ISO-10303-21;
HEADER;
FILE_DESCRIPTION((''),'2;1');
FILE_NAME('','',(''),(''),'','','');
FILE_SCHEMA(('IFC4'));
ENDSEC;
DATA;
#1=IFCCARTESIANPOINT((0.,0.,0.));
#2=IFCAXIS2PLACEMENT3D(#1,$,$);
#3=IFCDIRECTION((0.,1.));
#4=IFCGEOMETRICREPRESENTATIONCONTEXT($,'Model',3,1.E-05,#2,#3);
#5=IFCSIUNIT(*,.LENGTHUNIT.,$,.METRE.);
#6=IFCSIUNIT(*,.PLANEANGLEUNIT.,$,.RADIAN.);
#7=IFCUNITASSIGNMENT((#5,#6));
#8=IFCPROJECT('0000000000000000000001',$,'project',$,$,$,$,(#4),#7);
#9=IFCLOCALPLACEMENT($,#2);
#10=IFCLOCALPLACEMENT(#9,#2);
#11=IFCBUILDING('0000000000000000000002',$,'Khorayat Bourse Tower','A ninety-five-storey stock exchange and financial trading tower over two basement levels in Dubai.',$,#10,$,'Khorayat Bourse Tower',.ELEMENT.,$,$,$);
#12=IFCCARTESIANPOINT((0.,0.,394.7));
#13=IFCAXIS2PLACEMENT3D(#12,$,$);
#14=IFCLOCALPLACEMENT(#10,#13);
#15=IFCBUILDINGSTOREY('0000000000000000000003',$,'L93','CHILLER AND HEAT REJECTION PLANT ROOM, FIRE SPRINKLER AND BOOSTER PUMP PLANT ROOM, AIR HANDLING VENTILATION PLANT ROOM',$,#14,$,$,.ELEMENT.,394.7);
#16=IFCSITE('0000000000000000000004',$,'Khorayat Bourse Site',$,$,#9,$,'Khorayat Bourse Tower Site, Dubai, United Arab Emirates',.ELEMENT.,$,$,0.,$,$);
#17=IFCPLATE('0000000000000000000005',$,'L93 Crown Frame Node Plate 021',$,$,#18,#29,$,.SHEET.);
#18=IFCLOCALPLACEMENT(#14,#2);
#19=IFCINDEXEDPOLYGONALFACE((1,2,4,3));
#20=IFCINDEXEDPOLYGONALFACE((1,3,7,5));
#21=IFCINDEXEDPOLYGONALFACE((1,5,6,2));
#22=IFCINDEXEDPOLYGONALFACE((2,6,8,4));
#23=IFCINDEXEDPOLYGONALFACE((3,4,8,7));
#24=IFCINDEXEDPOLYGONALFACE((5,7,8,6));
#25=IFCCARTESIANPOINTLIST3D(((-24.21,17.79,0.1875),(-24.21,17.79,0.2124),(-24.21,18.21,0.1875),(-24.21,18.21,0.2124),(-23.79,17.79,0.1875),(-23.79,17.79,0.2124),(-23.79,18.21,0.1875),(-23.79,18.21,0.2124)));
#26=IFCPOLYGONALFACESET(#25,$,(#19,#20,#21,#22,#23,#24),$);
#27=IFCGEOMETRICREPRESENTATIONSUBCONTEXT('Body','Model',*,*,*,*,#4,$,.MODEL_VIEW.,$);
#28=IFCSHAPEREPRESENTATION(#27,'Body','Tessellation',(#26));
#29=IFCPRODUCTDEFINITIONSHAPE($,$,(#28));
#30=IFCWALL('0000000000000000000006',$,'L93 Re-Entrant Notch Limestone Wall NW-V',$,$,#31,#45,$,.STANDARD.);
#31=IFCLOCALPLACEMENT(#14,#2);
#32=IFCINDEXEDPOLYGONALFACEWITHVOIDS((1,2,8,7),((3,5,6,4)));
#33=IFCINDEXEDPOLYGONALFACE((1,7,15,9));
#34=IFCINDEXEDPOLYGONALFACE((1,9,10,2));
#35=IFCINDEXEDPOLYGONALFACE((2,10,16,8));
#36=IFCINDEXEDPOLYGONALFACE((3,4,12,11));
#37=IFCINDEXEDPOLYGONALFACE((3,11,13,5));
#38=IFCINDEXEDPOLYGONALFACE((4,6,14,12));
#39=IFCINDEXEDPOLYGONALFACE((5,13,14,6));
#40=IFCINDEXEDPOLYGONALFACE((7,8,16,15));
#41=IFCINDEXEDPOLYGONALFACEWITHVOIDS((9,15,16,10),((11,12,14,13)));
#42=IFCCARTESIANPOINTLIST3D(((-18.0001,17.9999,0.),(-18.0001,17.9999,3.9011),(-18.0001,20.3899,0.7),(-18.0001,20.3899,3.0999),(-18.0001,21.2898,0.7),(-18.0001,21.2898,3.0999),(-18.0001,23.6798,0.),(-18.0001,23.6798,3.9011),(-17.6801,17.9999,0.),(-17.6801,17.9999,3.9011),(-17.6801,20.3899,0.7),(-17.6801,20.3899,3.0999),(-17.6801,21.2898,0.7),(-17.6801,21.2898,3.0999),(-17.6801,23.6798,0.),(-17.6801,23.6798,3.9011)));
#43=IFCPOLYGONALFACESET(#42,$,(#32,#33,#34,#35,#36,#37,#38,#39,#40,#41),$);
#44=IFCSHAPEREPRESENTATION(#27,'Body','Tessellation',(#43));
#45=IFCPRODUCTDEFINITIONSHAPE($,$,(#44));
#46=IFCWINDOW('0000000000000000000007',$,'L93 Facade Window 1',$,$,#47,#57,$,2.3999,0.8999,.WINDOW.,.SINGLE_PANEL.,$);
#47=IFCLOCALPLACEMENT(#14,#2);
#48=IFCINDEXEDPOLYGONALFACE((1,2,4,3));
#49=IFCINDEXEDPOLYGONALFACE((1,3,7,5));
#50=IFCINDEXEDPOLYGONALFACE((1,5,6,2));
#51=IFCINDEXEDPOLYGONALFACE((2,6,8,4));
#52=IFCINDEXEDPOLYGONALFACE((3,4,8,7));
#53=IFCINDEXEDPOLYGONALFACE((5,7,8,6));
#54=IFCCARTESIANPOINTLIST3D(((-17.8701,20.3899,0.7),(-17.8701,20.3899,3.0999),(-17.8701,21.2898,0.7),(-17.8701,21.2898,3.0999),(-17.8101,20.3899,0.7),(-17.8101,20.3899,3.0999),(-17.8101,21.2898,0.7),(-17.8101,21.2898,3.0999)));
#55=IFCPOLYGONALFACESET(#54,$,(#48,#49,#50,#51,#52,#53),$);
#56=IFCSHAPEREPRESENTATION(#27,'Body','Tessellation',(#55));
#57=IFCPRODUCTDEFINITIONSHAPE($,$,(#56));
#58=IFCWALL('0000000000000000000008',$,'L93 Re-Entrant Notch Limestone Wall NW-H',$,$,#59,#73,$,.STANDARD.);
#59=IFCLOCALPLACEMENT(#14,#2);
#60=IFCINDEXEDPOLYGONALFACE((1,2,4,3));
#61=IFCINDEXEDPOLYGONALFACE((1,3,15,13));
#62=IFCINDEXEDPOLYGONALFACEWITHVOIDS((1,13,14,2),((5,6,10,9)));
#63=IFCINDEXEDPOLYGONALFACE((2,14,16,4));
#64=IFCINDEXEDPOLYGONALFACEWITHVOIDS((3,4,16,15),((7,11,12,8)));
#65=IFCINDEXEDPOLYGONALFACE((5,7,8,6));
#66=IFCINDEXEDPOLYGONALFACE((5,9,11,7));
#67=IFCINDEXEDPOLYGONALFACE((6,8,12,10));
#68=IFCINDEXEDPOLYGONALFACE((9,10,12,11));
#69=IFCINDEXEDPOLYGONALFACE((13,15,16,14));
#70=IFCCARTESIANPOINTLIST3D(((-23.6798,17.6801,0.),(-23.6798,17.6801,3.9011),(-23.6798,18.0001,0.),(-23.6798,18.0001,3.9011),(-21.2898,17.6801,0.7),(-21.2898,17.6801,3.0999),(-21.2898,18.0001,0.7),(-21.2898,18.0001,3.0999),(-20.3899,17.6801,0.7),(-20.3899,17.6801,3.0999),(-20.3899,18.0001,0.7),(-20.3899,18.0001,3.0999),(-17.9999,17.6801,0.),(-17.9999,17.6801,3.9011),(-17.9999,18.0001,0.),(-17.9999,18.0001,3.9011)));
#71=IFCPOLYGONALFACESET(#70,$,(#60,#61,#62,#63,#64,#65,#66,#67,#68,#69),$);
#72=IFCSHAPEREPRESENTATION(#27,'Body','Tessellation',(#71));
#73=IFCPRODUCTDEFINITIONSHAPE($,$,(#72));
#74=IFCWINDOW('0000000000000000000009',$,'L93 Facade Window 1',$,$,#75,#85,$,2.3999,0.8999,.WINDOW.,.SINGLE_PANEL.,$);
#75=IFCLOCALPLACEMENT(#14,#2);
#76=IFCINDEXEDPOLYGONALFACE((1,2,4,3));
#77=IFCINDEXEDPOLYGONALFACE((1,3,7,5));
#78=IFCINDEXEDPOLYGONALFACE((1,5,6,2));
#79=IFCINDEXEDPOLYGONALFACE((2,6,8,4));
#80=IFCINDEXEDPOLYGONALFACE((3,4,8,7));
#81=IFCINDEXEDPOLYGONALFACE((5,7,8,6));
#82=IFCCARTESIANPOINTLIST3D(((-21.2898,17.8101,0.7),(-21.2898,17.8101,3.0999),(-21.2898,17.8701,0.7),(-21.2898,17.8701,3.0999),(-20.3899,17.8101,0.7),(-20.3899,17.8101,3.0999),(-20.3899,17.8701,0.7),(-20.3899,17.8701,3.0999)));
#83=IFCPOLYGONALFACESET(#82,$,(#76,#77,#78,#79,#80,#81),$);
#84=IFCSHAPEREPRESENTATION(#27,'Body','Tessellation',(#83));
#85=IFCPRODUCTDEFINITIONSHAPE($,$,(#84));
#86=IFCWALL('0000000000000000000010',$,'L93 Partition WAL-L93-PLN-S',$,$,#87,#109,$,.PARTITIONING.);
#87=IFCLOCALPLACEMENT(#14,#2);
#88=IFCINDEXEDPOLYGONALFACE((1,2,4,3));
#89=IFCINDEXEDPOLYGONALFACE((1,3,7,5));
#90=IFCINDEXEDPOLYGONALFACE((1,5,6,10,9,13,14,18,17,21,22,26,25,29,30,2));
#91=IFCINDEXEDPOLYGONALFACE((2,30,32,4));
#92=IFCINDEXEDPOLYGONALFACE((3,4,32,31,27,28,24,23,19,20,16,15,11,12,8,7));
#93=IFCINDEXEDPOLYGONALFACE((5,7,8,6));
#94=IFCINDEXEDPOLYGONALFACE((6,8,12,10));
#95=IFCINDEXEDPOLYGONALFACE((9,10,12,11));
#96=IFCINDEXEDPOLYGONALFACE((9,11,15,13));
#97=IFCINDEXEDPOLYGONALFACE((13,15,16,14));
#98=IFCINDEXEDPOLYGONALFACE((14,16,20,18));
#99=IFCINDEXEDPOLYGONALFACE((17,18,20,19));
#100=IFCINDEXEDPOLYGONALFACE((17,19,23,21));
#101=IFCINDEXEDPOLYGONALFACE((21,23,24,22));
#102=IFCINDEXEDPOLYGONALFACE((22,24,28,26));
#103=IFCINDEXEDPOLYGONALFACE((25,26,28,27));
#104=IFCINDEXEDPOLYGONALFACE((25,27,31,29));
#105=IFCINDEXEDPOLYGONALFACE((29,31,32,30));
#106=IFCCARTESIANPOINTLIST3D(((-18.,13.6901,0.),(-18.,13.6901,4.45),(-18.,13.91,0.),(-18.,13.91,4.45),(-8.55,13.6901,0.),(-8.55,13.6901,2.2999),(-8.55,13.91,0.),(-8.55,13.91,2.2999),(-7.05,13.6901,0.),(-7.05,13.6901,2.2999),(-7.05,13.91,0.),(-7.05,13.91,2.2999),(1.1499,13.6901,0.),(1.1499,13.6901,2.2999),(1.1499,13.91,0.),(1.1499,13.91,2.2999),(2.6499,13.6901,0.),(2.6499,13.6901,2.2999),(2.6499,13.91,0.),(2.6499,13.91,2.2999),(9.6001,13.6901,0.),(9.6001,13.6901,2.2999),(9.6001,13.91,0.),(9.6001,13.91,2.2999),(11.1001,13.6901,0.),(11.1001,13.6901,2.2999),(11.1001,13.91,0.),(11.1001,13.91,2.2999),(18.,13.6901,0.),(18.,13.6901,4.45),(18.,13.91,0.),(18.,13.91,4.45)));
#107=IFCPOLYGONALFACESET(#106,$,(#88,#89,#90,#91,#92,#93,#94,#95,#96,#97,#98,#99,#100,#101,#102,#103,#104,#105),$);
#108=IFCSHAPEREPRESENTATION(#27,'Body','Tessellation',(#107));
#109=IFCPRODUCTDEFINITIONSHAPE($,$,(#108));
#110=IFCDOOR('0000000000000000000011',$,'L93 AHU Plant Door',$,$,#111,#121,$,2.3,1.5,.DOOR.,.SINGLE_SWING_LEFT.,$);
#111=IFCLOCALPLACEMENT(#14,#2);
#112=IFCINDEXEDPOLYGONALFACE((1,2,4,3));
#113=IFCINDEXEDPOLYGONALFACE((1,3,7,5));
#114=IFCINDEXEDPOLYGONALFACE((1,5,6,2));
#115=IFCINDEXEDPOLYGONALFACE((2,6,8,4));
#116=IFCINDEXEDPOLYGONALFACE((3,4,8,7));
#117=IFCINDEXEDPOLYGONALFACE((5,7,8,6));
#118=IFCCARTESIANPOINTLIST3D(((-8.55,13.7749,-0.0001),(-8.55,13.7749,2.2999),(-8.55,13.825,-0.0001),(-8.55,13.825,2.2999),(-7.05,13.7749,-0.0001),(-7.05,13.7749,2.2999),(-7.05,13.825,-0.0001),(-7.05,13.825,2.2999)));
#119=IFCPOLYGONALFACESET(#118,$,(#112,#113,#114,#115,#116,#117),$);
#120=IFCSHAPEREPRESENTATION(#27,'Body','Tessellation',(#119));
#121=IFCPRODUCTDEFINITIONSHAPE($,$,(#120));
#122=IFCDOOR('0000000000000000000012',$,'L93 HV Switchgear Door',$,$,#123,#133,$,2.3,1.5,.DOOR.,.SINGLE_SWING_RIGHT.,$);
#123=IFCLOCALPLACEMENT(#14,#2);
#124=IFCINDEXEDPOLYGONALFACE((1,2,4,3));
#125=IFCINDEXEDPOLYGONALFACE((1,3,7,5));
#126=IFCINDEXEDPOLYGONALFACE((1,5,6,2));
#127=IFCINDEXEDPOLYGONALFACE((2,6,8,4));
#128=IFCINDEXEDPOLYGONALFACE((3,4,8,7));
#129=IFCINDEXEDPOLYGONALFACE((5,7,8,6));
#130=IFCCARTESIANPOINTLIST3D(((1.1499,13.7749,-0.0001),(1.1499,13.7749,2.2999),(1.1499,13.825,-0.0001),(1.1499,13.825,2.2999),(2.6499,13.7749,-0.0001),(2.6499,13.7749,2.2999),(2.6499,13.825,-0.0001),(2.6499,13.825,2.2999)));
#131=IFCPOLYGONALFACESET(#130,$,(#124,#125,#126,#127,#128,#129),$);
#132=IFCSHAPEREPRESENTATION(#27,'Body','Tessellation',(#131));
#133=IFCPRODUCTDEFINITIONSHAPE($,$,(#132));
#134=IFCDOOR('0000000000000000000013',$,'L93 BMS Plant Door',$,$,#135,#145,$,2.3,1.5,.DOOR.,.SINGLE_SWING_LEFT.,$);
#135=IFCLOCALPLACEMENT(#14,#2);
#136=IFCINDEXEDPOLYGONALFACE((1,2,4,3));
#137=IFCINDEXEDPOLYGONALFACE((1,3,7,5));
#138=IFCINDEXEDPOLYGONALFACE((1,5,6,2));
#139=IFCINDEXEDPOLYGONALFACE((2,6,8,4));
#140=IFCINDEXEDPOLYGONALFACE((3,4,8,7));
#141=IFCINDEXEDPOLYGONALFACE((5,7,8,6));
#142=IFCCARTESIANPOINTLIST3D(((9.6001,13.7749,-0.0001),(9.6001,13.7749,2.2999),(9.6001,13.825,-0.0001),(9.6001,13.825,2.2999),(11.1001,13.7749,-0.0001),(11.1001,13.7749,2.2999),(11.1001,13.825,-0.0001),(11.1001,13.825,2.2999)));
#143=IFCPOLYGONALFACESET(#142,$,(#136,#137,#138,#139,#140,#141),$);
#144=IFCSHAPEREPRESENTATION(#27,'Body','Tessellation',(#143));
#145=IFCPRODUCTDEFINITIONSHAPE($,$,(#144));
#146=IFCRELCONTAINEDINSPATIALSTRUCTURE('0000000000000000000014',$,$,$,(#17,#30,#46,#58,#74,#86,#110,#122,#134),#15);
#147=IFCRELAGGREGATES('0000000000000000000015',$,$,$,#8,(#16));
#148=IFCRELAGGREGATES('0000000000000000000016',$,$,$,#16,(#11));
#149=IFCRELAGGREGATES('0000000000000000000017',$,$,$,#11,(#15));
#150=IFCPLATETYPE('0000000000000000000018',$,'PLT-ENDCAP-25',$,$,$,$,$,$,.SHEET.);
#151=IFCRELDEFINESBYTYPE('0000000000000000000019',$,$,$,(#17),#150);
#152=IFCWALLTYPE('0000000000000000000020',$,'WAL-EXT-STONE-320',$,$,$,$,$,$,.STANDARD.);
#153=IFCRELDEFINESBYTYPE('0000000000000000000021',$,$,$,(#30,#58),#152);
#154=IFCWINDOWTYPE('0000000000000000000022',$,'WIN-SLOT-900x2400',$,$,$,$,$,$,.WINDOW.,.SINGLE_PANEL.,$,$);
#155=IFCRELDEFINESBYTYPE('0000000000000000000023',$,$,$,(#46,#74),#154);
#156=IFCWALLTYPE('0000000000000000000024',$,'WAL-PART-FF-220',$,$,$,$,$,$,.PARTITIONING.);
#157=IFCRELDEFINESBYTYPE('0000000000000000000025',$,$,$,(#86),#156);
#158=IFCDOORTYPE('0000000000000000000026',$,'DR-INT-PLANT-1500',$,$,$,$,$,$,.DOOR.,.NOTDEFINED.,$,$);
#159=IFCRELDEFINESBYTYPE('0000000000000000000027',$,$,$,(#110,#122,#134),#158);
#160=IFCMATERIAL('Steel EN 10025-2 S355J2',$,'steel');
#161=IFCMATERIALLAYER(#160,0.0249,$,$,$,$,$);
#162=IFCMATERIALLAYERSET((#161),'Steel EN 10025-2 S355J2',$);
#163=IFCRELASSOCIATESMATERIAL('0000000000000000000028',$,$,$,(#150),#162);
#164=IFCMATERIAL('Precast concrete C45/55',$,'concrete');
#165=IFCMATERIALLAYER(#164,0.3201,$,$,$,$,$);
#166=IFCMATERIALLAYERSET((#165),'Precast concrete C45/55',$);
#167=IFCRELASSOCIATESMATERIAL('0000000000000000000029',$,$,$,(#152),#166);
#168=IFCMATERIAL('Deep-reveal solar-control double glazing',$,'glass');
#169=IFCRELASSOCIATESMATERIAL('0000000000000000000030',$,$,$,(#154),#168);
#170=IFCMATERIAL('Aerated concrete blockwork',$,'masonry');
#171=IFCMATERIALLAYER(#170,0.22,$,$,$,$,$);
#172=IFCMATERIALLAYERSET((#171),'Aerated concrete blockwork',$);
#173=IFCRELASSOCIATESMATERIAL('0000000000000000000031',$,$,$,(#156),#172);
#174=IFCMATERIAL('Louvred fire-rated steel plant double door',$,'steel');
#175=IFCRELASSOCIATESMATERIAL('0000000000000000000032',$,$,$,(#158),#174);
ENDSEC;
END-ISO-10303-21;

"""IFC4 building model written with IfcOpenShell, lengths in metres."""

from ifc_helpers import new_model, si_unit, direction, frame, frame_2d, origin, origin_2d, place, context, subcontext, project, spatial, rectangle, extrude, source, transform, mapped, material, layer, layer_set, type_object, element, fill, save


model = new_model("IFC4")

# Units and contexts
model_context = context("Model", 3, precision=1e-05, world=origin(), true_north=direction((0.0, 1.0)))
body_context = subcontext(model_context, "Body", "Model", "MODEL_VIEW")
ifc_project = project(units=[si_unit("LENGTHUNIT", "METRE"), si_unit("PLANEANGLEUNIT", "RADIAN")], contexts=[model_context])

# Site, building, storey
site_placement = place(None, origin())
site = spatial("IfcSite", under=ifc_project, at=site_placement, Name="Khorayat Bourse Site", LongName="Khorayat Bourse Tower Site, Dubai, United Arab Emirates", CompositionType="ELEMENT", RefElevation=0.0)
building_placement = place(site_placement, origin())
building = spatial("IfcBuilding", under=site, at=building_placement, Name="Khorayat Bourse Tower", Description="A ninety-five-storey stock exchange and financial trading tower over two basement levels in Dubai.", LongName="Khorayat Bourse Tower", CompositionType="ELEMENT")
storey_placement = place(building_placement, frame((0.0, 0.0, 394.7)))
storey = spatial("IfcBuildingStorey", under=building, at=storey_placement, Name="L93", Description="CHILLER AND HEAT REJECTION PLANT ROOM, FIRE SPRINKLER AND BOOSTER PUMP PLANT ROOM, AIR HANDLING VENTILATION PLANT ROOM", CompositionType="ELEMENT", Elevation=394.7)

# Shared definitions
ifc_material_1 = material(Name="Steel EN 10025-2 S355J2", Category="steel")

# Plate
ifc_layer_1 = layer(ifc_material_1, 0.0249)
ifc_layer_set_1 = layer_set([ifc_layer_1], Name="Steel EN 10025-2 S355J2")
plate_type = type_object("IfcPlateType", Name="PLT-ENDCAP-25", PredefinedType="SHEET", material=ifc_layer_set_1)
shared_shape_1 = source(origin(), body_context, "Body", "SweptSolid", [
    extrude(rectangle(XDim=0.4199, YDim=0.4199, at=origin_2d()), origin(), (0.0, 0.0, 1.0), 0.0249),
])
for number, where, z_axis, x_axis, name in (
    (1, (-24.0, 18.0, 0.1875), (0.0, 0.0, 1.0), (1.0, 0.0, 0.0), "L93 Crown Frame Node Plate 021"),
):
    element("IfcPlate", number, at=place(storey_placement, frame(where, z_axis=z_axis, x_axis=x_axis)), inside=storey, type_object=plate_type, Name=name, PredefinedType="SHEET", context=body_context, shape_type="MappedRepresentation", body=[
        mapped(shared_shape_1, transform((0.0, 0.0, 0.0), scale=1.0)),
    ])

# Walls, openings, windows
ifc_material_2 = material(Name="Precast concrete C45/55", Category="concrete")
ifc_layer_2 = layer(ifc_material_2, 0.3201)
ifc_layer_set_2 = layer_set([ifc_layer_2], Name="Precast concrete C45/55")
wall_type_1 = type_object("IfcWallType", Name="WAL-EXT-STONE-320", PredefinedType="STANDARD", material=ifc_layer_set_2)
shared_shape_2 = source(origin(), body_context, "Body", "SweptSolid", [
    extrude(rectangle(XDim=5.6799, YDim=0.3201, at=frame_2d((2.8398, 0.0))), origin(), (0.0, 0.0, 1.0), 3.9011),
])
wall_1_placement = place(storey_placement, frame((-17.8401, 18.0, 0.0), z_axis=(0.0, 0.0, 1.0), x_axis=(0.0, 1.0, 0.0)))
wall_1 = element("IfcWall", 2, at=wall_1_placement, inside=storey, type_object=wall_type_1, Name="L93 Re-Entrant Notch Limestone Wall NW-V", PredefinedType="STANDARD", context=body_context, shape_type="MappedRepresentation", body=[
    mapped(shared_shape_2, transform((0.0, 0.0, 0.0), scale=1.0)),
])
shared_shape_3 = source(origin(), body_context, "Body", "SweptSolid", [
    extrude(rectangle(XDim=0.8999, YDim=2.3999, at=frame_2d((0.45, 1.2))), frame((0.0, 0.1699, 0.0), z_axis=(0.0, -1.0, 0.0), x_axis=(1.0, 0.0, 0.0)), (0.0, 0.0, 1.0), 0.3401),
])
opening_1_placement = place(wall_1_placement, frame((2.3899, 0.0, 0.7)))
opening_1 = element("IfcOpeningElement", 3, at=opening_1_placement, cuts=wall_1, PredefinedType="OPENING", context=body_context, shape_type="MappedRepresentation", body=[
    mapped(shared_shape_3, transform((0.0, 0.0, 0.0), scale=1.0)),
])
ifc_material_3 = material(Name="Deep-reveal solar-control double glazing", Category="glass")
window_type = type_object("IfcWindowType", Name="WIN-SLOT-900x2400", PartitioningType="SINGLE_PANEL", PredefinedType="WINDOW", material=ifc_material_3)
shared_shape_4 = source(origin(), body_context, "Body", "SweptSolid", [
    extrude(rectangle(XDim=0.8999, YDim=2.3999, at=frame_2d((0.45, 1.2))), frame((0.0, 0.03, 0.0), z_axis=(0.0, -1.0, 0.0), x_axis=(1.0, 0.0, 0.0)), (0.0, 0.0, 1.0), 0.0601),
])
window_1_placement = place(opening_1_placement, origin())
window_1 = element("IfcWindow", 4, at=window_1_placement, inside=storey, type_object=window_type, Name="L93 Facade Window 1", OverallHeight=2.3999, OverallWidth=0.8999, PartitioningType="SINGLE_PANEL", PredefinedType="WINDOW", context=body_context, shape_type="MappedRepresentation", body=[
    mapped(shared_shape_4, transform((0.0, 0.0, 0.0), scale=1.0)),
])
fill(opening_1, window_1)
wall_2_placement = place(storey_placement, frame((-18.0, 17.8401, 0.0), z_axis=(0.0, 0.0, 1.0), x_axis=(-1.0, 0.0, 0.0)))
wall_2 = element("IfcWall", 5, at=wall_2_placement, inside=storey, type_object=wall_type_1, Name="L93 Re-Entrant Notch Limestone Wall NW-H", PredefinedType="STANDARD", context=body_context, shape_type="MappedRepresentation", body=[
    mapped(shared_shape_2, transform((0.0, 0.0, 0.0), scale=1.0)),
])
opening_2_placement = place(wall_2_placement, frame((2.3899, 0.0, 0.7)))
opening_2 = element("IfcOpeningElement", 6, at=opening_2_placement, cuts=wall_2, PredefinedType="OPENING", context=body_context, shape_type="MappedRepresentation", body=[
    mapped(shared_shape_3, transform((0.0, 0.0, 0.0), scale=1.0)),
])
window_2_placement = place(opening_2_placement, origin())
window_2 = element("IfcWindow", 7, at=window_2_placement, inside=storey, type_object=window_type, Name="L93 Facade Window 1", OverallHeight=2.3999, OverallWidth=0.8999, PartitioningType="SINGLE_PANEL", PredefinedType="WINDOW", context=body_context, shape_type="MappedRepresentation", body=[
    mapped(shared_shape_4, transform((0.0, 0.0, 0.0), scale=1.0)),
])
fill(opening_2, window_2)

# Wall, openings, doors
ifc_material_4 = material(Name="Aerated concrete blockwork", Category="masonry")
ifc_layer_3 = layer(ifc_material_4, 0.22)
ifc_layer_set_3 = layer_set([ifc_layer_3], Name="Aerated concrete blockwork")
wall_type_2 = type_object("IfcWallType", Name="WAL-PART-FF-220", PredefinedType="PARTITIONING", material=ifc_layer_set_3)
shared_shape_5 = source(origin(), body_context, "Body", "SweptSolid", [
    extrude(rectangle(XDim=36.0, YDim=0.22, at=frame_2d((18.0, 0.0))), origin(), (0.0, 0.0, 1.0), 4.45),
])
wall_3_placement = place(storey_placement, frame((-18.0, 13.8, 0.0), z_axis=(0.0, 0.0, 1.0), x_axis=(1.0, 0.0, 0.0)))
wall_3 = element("IfcWall", 8, at=wall_3_placement, inside=storey, type_object=wall_type_2, Name="L93 Partition WAL-L93-PLN-S", PredefinedType="PARTITIONING", context=body_context, shape_type="MappedRepresentation", body=[
    mapped(shared_shape_5, transform((0.0, 0.0, 0.0), scale=1.0)),
])
shared_shape_6 = source(origin(), body_context, "Body", "SweptSolid", [
    extrude(rectangle(XDim=1.5, YDim=2.3, at=frame_2d((0.75, 1.1499))), frame((0.0, 0.1199, 0.0), z_axis=(0.0, -1.0, 0.0), x_axis=(1.0, 0.0, 0.0)), (0.0, 0.0, 1.0), 0.24),
])
opening_3_placement = place(wall_3_placement, frame((9.45, 0.0, 0.0)))
opening_3 = element("IfcOpeningElement", 9, at=opening_3_placement, cuts=wall_3, PredefinedType="OPENING", context=body_context, shape_type="MappedRepresentation", body=[
    mapped(shared_shape_6, transform((0.0, 0.0, 0.0), scale=1.0)),
])
opening_4_placement = place(wall_3_placement, frame((19.1499, 0.0, 0.0)))
opening_4 = element("IfcOpeningElement", 10, at=opening_4_placement, cuts=wall_3, PredefinedType="OPENING", context=body_context, shape_type="MappedRepresentation", body=[
    mapped(shared_shape_6, transform((0.0, 0.0, 0.0), scale=1.0)),
])
opening_5_placement = place(wall_3_placement, frame((27.6001, 0.0, 0.0)))
opening_5 = element("IfcOpeningElement", 11, at=opening_5_placement, cuts=wall_3, PredefinedType="OPENING", context=body_context, shape_type="MappedRepresentation", body=[
    mapped(shared_shape_6, transform((0.0, 0.0, 0.0), scale=1.0)),
])
ifc_material_5 = material(Name="Louvred fire-rated steel plant double door", Category="steel")
door_type = type_object("IfcDoorType", Name="DR-INT-PLANT-1500", OperationType="NOTDEFINED", PredefinedType="DOOR", material=ifc_material_5)
shared_shape_7 = source(origin(), body_context, "Body", "SweptSolid", [
    extrude(rectangle(XDim=1.5, YDim=2.3, at=frame_2d((0.75, 1.1499))), frame((0.0, 0.0249, 0.0), z_axis=(0.0, -1.0, 0.0), x_axis=(1.0, 0.0, 0.0)), (0.0, 0.0, 1.0), 0.05),
])
door_1_placement = place(opening_3_placement, origin())
door_1 = element("IfcDoor", 12, at=door_1_placement, inside=storey, type_object=door_type, Name="L93 AHU Plant Door", OperationType="SINGLE_SWING_LEFT", OverallHeight=2.3, OverallWidth=1.5, PredefinedType="DOOR", context=body_context, shape_type="MappedRepresentation", body=[
    mapped(shared_shape_7, transform((0.0, 0.0, 0.0), scale=1.0)),
])
fill(opening_3, door_1)
door_2_placement = place(opening_4_placement, origin())
door_2 = element("IfcDoor", 13, at=door_2_placement, inside=storey, type_object=door_type, Name="L93 HV Switchgear Door", OperationType="SINGLE_SWING_RIGHT", OverallHeight=2.3, OverallWidth=1.5, PredefinedType="DOOR", context=body_context, shape_type="MappedRepresentation", body=[
    mapped(shared_shape_7, transform((0.0, 0.0, 0.0), scale=1.0)),
])
fill(opening_4, door_2)
door_3_placement = place(opening_5_placement, origin())
door_3 = element("IfcDoor", 14, at=door_3_placement, inside=storey, type_object=door_type, Name="L93 BMS Plant Door", OperationType="SINGLE_SWING_LEFT", OverallHeight=2.3, OverallWidth=1.5, PredefinedType="DOOR", context=body_context, shape_type="MappedRepresentation", body=[
    mapped(shared_shape_7, transform((0.0, 0.0, 0.0), scale=1.0)),
])
fill(opening_5, door_3)

save(model, "model.ifc")
